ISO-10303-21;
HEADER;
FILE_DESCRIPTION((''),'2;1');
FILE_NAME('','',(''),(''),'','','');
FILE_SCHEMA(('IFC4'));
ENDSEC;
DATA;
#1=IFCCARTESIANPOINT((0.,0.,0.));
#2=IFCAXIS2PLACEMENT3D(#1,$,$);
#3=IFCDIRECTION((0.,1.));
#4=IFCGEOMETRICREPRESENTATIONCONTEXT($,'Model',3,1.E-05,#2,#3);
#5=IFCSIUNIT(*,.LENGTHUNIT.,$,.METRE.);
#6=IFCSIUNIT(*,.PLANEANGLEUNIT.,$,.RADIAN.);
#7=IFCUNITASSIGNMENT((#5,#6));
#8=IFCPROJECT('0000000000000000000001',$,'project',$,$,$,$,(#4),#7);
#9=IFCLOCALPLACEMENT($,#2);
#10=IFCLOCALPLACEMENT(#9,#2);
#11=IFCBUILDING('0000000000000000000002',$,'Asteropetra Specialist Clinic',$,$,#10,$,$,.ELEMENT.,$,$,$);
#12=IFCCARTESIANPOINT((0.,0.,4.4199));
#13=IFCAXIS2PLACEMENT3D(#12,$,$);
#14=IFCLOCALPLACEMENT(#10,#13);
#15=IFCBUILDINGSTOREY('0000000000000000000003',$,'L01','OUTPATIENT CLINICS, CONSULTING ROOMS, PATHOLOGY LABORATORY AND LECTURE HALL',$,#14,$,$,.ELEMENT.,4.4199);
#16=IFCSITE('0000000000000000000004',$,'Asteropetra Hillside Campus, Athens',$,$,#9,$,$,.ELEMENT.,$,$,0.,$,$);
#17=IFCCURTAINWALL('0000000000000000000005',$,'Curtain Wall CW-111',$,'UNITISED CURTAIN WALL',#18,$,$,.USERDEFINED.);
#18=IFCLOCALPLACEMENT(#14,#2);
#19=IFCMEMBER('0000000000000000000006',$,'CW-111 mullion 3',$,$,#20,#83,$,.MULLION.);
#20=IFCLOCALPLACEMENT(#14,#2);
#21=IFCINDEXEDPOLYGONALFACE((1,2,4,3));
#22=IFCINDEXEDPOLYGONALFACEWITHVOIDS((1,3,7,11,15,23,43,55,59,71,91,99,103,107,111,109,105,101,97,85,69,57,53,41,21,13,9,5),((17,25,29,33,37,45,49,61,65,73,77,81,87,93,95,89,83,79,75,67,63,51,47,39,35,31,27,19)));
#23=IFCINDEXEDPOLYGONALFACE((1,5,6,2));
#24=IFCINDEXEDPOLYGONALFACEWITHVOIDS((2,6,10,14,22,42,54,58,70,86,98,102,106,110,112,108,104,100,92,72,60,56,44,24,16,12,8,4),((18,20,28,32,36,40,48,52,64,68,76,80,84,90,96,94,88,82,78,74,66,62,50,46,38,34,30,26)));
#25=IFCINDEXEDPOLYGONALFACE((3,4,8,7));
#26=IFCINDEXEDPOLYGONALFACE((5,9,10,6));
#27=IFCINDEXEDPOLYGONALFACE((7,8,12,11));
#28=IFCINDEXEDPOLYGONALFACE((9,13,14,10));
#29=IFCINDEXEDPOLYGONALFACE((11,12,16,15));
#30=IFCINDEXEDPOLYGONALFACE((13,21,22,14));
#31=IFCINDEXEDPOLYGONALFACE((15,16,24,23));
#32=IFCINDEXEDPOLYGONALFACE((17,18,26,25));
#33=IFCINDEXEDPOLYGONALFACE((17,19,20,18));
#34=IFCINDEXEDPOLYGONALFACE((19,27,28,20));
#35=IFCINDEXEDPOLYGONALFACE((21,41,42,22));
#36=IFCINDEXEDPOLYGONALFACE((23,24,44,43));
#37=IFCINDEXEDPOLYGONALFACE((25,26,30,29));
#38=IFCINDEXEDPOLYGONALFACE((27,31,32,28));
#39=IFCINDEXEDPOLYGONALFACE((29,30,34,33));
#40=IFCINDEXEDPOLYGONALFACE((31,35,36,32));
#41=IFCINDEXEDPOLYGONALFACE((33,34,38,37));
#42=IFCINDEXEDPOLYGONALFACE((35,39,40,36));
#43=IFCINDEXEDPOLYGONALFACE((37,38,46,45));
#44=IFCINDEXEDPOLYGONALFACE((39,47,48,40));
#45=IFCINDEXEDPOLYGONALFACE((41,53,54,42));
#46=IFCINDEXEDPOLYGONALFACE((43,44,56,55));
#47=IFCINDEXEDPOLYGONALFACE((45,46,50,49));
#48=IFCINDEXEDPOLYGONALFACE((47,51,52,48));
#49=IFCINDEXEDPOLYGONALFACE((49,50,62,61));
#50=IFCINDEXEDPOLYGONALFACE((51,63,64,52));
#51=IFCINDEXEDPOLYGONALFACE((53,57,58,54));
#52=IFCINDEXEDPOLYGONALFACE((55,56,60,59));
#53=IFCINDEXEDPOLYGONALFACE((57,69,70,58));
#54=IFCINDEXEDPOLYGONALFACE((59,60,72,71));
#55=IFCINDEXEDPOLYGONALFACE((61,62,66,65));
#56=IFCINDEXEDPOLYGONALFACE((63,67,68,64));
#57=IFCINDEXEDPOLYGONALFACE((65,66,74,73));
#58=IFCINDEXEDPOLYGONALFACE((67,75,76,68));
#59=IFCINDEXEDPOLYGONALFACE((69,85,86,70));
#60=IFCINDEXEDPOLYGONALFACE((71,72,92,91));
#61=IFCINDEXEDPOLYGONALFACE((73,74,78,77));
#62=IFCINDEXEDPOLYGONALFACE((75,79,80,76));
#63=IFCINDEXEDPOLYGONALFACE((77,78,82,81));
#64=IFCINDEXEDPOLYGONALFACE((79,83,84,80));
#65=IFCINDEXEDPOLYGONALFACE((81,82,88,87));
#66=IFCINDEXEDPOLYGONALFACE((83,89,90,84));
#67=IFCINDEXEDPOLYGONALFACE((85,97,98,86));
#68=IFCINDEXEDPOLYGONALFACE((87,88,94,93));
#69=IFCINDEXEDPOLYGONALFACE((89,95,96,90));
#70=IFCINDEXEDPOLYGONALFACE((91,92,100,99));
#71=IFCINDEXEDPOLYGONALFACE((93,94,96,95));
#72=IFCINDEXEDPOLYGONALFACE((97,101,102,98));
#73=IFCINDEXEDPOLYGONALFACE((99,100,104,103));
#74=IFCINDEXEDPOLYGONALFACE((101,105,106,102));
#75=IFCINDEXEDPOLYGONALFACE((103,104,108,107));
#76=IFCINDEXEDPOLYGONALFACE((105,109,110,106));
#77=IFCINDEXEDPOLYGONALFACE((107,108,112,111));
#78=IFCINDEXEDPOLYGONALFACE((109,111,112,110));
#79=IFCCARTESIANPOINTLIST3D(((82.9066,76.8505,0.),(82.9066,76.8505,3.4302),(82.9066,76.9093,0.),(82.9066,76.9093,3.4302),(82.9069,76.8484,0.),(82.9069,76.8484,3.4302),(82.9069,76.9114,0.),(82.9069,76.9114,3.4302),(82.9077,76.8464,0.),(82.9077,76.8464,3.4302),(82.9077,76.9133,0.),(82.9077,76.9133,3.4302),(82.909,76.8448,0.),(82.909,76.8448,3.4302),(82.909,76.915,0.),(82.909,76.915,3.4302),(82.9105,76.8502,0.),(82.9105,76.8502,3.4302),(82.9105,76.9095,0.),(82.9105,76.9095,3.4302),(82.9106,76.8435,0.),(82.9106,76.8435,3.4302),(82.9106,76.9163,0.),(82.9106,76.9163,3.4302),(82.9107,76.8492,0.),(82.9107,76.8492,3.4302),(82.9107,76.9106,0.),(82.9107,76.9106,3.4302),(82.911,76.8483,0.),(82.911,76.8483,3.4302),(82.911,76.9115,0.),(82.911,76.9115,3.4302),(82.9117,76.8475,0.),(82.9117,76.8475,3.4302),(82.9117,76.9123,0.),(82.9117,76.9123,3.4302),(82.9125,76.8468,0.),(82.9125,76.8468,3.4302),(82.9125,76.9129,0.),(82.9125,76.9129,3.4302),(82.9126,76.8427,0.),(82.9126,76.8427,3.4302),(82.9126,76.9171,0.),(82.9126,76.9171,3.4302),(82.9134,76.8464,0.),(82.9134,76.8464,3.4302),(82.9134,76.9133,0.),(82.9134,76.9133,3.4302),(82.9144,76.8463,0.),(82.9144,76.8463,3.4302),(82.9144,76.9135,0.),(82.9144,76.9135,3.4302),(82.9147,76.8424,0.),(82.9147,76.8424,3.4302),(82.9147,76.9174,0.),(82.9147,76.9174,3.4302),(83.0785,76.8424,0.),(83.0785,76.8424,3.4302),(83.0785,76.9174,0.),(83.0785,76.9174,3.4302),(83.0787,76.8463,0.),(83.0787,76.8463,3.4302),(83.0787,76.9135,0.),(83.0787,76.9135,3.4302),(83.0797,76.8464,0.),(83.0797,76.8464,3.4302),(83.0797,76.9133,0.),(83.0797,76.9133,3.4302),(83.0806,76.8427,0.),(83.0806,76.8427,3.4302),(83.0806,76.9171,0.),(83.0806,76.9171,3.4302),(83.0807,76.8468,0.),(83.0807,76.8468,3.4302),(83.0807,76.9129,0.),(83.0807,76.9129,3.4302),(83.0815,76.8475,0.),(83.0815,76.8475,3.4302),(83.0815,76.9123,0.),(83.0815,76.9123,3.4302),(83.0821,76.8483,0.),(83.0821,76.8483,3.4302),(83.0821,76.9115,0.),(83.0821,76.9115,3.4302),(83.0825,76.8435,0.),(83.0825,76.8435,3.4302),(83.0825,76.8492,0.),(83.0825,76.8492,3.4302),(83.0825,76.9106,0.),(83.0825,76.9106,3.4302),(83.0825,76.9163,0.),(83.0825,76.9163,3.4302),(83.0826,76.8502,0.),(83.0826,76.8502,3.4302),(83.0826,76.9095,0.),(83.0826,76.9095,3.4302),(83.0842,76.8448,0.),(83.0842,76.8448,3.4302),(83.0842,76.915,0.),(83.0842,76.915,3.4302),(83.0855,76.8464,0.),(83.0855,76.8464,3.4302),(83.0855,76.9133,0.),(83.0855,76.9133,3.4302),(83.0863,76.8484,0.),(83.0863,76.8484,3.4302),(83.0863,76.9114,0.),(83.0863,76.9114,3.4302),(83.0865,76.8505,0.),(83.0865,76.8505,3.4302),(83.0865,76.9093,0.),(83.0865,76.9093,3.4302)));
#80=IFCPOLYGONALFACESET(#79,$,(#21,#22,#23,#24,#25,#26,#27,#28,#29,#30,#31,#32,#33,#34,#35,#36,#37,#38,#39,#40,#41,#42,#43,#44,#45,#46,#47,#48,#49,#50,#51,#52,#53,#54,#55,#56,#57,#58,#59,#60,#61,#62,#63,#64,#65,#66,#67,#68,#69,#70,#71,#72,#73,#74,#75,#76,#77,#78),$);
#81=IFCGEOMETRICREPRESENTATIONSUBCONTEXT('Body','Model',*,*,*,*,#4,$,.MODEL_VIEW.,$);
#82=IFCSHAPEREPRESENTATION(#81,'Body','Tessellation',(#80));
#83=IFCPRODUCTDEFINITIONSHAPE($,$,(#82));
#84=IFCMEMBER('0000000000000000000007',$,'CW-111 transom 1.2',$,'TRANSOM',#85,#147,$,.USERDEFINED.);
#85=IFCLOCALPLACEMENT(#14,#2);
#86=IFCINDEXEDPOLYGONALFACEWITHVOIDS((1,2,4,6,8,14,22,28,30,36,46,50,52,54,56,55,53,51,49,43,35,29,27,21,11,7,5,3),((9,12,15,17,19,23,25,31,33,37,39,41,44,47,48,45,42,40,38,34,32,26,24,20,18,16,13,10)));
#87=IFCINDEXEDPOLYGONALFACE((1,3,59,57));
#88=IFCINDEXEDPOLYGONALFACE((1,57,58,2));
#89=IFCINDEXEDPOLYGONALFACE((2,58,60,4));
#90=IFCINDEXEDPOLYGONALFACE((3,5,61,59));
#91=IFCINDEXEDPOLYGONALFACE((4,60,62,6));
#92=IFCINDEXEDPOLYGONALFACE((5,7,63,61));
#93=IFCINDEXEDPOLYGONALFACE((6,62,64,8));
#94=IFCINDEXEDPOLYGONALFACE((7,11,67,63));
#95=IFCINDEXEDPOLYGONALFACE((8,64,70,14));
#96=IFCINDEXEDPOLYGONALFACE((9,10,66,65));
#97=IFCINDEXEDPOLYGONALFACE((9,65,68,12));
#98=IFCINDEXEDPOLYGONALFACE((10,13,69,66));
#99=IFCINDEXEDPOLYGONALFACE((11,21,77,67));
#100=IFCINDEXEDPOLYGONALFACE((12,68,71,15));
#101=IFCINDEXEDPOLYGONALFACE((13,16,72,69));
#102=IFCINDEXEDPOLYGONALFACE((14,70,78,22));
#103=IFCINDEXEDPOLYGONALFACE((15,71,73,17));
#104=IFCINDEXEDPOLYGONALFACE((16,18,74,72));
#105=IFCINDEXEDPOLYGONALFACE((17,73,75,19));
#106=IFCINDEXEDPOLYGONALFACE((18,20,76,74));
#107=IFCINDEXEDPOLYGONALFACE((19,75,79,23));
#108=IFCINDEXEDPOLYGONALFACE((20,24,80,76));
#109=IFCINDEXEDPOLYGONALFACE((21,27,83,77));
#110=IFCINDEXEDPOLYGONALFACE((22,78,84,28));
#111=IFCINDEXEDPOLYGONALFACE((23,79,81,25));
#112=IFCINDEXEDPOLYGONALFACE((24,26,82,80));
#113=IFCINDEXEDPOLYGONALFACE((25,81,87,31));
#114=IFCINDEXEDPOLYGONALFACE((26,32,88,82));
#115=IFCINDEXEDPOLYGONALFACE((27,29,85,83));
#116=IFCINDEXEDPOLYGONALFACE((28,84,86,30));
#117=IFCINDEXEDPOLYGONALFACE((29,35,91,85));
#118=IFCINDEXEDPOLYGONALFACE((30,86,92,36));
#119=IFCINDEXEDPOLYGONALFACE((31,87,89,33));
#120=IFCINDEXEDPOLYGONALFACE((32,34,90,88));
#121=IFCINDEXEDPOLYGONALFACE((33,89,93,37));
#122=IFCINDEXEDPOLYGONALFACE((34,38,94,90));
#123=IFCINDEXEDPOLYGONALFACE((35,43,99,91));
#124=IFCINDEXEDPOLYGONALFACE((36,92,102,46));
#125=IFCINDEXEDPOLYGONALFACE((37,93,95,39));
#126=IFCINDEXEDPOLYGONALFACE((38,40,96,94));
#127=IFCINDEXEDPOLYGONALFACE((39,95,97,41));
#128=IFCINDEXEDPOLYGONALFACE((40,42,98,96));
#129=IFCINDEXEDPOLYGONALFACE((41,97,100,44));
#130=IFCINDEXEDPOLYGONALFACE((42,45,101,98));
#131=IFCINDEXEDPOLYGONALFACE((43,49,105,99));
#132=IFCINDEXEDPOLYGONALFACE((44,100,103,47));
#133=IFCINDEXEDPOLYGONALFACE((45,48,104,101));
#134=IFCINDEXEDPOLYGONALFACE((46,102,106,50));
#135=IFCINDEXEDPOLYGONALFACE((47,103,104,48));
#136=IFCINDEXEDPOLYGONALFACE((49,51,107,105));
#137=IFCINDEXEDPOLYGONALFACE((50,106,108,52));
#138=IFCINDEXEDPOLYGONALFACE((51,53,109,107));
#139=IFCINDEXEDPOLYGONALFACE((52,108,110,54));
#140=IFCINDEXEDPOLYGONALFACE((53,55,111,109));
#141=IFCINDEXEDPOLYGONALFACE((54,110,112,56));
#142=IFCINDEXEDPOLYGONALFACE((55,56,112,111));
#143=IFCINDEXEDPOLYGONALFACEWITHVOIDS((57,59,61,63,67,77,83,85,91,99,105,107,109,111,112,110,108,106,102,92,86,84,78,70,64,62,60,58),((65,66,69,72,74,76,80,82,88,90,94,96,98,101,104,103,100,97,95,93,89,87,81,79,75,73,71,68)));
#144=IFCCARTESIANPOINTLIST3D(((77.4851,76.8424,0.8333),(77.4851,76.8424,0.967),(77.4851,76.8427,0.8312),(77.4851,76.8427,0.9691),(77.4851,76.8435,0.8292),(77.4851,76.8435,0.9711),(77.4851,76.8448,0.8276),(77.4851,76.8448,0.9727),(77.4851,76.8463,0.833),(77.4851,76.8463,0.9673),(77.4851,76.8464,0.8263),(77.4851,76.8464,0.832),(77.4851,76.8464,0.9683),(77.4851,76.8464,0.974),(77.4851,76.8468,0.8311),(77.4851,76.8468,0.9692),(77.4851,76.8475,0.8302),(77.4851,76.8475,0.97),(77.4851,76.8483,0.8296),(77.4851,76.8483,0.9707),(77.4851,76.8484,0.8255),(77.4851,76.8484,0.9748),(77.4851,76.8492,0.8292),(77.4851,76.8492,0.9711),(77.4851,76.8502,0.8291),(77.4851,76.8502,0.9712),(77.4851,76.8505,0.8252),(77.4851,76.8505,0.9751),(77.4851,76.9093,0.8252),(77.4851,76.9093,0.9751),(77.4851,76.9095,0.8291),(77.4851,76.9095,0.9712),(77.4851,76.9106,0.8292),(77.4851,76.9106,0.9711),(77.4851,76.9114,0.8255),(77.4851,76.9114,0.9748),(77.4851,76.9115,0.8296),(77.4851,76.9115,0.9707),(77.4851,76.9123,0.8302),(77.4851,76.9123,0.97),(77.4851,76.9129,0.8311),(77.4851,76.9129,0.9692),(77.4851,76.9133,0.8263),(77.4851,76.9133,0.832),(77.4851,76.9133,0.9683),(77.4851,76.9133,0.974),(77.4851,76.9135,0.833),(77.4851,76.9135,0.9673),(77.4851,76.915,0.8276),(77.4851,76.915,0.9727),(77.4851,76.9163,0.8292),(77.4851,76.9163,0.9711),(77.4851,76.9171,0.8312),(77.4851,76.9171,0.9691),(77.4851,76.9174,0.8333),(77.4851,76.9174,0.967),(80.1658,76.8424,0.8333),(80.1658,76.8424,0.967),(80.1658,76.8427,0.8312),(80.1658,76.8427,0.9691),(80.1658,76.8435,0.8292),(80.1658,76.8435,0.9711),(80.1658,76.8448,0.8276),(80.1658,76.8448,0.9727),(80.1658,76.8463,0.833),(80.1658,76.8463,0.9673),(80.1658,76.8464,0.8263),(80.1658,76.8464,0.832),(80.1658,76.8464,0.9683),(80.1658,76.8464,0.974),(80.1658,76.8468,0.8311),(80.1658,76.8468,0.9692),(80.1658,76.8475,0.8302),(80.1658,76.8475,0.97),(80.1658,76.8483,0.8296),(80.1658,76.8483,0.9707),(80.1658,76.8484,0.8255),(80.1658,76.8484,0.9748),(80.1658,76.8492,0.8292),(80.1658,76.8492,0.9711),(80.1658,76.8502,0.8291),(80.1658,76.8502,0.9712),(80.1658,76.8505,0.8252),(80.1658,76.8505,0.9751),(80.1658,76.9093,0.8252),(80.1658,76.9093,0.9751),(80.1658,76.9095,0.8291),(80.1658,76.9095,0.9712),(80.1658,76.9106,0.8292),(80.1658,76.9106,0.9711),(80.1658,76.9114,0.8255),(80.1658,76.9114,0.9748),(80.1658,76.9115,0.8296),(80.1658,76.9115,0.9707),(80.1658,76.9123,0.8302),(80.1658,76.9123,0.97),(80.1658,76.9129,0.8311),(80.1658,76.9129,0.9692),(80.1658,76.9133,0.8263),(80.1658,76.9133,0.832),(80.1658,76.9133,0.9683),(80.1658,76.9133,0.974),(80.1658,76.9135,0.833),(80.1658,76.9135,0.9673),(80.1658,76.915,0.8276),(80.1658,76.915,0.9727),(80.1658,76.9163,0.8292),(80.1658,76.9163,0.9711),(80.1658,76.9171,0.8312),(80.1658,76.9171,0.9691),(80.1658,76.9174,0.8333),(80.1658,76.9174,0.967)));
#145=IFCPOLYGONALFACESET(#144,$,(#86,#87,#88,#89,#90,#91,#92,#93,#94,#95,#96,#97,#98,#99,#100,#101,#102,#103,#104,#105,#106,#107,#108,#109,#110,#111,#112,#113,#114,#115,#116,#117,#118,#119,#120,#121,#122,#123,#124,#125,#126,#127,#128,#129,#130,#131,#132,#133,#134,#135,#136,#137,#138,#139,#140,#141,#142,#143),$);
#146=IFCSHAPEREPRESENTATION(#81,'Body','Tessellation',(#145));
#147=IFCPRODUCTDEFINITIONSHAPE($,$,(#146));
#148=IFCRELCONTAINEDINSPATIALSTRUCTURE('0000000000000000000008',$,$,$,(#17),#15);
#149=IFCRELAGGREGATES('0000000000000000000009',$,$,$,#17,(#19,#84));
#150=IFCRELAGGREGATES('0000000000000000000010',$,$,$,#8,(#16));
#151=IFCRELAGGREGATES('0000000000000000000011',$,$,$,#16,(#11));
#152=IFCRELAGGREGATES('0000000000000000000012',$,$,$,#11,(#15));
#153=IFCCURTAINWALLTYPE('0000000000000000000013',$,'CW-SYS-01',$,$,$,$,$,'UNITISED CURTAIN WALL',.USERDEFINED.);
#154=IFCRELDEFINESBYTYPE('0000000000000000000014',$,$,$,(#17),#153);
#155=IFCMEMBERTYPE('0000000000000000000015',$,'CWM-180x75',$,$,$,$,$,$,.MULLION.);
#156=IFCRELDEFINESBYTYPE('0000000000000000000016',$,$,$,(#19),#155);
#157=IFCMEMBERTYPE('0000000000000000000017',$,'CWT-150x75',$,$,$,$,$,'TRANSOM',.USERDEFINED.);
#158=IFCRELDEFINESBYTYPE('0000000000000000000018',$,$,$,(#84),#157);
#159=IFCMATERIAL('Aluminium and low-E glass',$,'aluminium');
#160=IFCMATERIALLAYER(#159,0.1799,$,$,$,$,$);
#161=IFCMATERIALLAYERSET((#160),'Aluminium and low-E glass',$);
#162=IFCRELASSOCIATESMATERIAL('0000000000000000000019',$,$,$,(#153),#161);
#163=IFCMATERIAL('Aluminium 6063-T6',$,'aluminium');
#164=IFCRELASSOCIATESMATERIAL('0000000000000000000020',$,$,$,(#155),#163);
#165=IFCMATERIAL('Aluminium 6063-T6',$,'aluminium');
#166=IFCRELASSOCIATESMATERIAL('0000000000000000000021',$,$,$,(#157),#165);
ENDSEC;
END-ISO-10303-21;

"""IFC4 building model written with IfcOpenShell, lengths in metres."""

from ifc_helpers import new_model, si_unit, direction, frame, origin, origin_2d, place, context, subcontext, project, spatial, hollow_rectangle, extrude, material, layer, layer_set, material_profile, profile_set, type_object, element, aggregate, save


model = new_model("IFC4")

# Units and contexts
model_context = context("Model", 3, precision=1e-05, world=origin(), true_north=direction((0.0, 1.0)))
body_context = subcontext(model_context, "Body", "Model", "MODEL_VIEW")
ifc_project = project(units=[si_unit("LENGTHUNIT", "METRE"), si_unit("PLANEANGLEUNIT", "RADIAN")], contexts=[model_context])

# Site, building, storey
site_placement = place(None, origin())
site = spatial("IfcSite", under=ifc_project, at=site_placement, Name="Asteropetra Hillside Campus, Athens", CompositionType="ELEMENT", RefElevation=0.0)
building_placement = place(site_placement, origin())
building = spatial("IfcBuilding", under=site, at=building_placement, Name="Asteropetra Specialist Clinic", CompositionType="ELEMENT")
storey_placement = place(building_placement, frame((0.0, 0.0, 4.4199)))
storey = spatial("IfcBuildingStorey", under=building, at=storey_placement, Name="L01", Description="OUTPATIENT CLINICS, CONSULTING ROOMS, PATHOLOGY LABORATORY AND LECTURE HALL", CompositionType="ELEMENT", Elevation=4.4199)

# Curtain wall, members
ifc_material_1 = material(Name="Aluminium and low-E glass", Category="aluminium")
ifc_layer_1 = layer(ifc_material_1, 0.1799)
ifc_layer_set_1 = layer_set([ifc_layer_1], Name="Aluminium and low-E glass")
curtain_wall_type = type_object("IfcCurtainWallType", Name="CW-SYS-01", ElementType="UNITISED CURTAIN WALL", PredefinedType="USERDEFINED", material=ifc_layer_set_1)
curtain_wall_placement = place(storey_placement, origin())
curtain_wall = element("IfcCurtainWall", 1, at=curtain_wall_placement, inside=storey, type_object=curtain_wall_type, Name="Curtain Wall CW-111", ObjectType="UNITISED CURTAIN WALL", PredefinedType="USERDEFINED")
ifc_material_2 = material(Name="Aluminium 6063-T6", Category="aluminium")
ifc_material_profile_1 = material_profile(ifc_material_2, hollow_rectangle(XDim=0.075, YDim=0.1799, WallThickness=0.0039, InnerFilletRadius=0.0039, OuterFilletRadius=0.0081, at=origin_2d()), Name="MUL 180x75x4.0")
ifc_profile_set_1 = profile_set([ifc_material_profile_1], Name="Aluminium 6063-T6")
member_type_1 = type_object("IfcMemberType", Name="CWM-180x75", PredefinedType="MULLION", material=ifc_profile_set_1)
member_1_placement = place(storey_placement, frame((82.9966, 76.8799, 0.0), z_axis=(0.0, 0.0, 1.0), x_axis=(0.0, 1.0, 0.0)))
member_1 = element("IfcMember", 2, at=member_1_placement, type_object=member_type_1, Name="CW-111 mullion 3", PredefinedType="MULLION", context=body_context, shape_type="SweptSolid", body=[
    extrude(hollow_rectangle(XDim=0.075, YDim=0.1799, WallThickness=0.0039, InnerFilletRadius=0.0039, OuterFilletRadius=0.0081, at=origin_2d()), origin(), (0.0, 0.0, 1.0), 3.4302),
])
ifc_material_3 = material(Name="Aluminium 6063-T6", Category="aluminium")
ifc_material_profile_2 = material_profile(ifc_material_3, hollow_rectangle(XDim=0.075, YDim=0.1499, WallThickness=0.0039, InnerFilletRadius=0.0039, OuterFilletRadius=0.0081, at=origin_2d()), Name="TRN 150x75x4.0")
ifc_profile_set_2 = profile_set([ifc_material_profile_2], Name="Aluminium 6063-T6")
member_type_2 = type_object("IfcMemberType", Name="CWT-150x75", ElementType="TRANSOM", PredefinedType="USERDEFINED", material=ifc_profile_set_2)
member_2_placement = place(storey_placement, frame((77.4851, 76.8799, 0.9001), z_axis=(1.0, 0.0, 0.0), x_axis=(0.0, 1.0, 0.0)))
member_2 = element("IfcMember", 3, at=member_2_placement, type_object=member_type_2, Name="CW-111 transom 1.2", ObjectType="TRANSOM", PredefinedType="USERDEFINED", context=body_context, shape_type="SweptSolid", body=[
    extrude(hollow_rectangle(XDim=0.075, YDim=0.1499, WallThickness=0.0039, InnerFilletRadius=0.0039, OuterFilletRadius=0.0081, at=origin_2d()), origin(), (0.0, 0.0, 1.0), 2.6807),
])

aggregate(curtain_wall, [member_1, member_2])

save(model, "model.ifc")
